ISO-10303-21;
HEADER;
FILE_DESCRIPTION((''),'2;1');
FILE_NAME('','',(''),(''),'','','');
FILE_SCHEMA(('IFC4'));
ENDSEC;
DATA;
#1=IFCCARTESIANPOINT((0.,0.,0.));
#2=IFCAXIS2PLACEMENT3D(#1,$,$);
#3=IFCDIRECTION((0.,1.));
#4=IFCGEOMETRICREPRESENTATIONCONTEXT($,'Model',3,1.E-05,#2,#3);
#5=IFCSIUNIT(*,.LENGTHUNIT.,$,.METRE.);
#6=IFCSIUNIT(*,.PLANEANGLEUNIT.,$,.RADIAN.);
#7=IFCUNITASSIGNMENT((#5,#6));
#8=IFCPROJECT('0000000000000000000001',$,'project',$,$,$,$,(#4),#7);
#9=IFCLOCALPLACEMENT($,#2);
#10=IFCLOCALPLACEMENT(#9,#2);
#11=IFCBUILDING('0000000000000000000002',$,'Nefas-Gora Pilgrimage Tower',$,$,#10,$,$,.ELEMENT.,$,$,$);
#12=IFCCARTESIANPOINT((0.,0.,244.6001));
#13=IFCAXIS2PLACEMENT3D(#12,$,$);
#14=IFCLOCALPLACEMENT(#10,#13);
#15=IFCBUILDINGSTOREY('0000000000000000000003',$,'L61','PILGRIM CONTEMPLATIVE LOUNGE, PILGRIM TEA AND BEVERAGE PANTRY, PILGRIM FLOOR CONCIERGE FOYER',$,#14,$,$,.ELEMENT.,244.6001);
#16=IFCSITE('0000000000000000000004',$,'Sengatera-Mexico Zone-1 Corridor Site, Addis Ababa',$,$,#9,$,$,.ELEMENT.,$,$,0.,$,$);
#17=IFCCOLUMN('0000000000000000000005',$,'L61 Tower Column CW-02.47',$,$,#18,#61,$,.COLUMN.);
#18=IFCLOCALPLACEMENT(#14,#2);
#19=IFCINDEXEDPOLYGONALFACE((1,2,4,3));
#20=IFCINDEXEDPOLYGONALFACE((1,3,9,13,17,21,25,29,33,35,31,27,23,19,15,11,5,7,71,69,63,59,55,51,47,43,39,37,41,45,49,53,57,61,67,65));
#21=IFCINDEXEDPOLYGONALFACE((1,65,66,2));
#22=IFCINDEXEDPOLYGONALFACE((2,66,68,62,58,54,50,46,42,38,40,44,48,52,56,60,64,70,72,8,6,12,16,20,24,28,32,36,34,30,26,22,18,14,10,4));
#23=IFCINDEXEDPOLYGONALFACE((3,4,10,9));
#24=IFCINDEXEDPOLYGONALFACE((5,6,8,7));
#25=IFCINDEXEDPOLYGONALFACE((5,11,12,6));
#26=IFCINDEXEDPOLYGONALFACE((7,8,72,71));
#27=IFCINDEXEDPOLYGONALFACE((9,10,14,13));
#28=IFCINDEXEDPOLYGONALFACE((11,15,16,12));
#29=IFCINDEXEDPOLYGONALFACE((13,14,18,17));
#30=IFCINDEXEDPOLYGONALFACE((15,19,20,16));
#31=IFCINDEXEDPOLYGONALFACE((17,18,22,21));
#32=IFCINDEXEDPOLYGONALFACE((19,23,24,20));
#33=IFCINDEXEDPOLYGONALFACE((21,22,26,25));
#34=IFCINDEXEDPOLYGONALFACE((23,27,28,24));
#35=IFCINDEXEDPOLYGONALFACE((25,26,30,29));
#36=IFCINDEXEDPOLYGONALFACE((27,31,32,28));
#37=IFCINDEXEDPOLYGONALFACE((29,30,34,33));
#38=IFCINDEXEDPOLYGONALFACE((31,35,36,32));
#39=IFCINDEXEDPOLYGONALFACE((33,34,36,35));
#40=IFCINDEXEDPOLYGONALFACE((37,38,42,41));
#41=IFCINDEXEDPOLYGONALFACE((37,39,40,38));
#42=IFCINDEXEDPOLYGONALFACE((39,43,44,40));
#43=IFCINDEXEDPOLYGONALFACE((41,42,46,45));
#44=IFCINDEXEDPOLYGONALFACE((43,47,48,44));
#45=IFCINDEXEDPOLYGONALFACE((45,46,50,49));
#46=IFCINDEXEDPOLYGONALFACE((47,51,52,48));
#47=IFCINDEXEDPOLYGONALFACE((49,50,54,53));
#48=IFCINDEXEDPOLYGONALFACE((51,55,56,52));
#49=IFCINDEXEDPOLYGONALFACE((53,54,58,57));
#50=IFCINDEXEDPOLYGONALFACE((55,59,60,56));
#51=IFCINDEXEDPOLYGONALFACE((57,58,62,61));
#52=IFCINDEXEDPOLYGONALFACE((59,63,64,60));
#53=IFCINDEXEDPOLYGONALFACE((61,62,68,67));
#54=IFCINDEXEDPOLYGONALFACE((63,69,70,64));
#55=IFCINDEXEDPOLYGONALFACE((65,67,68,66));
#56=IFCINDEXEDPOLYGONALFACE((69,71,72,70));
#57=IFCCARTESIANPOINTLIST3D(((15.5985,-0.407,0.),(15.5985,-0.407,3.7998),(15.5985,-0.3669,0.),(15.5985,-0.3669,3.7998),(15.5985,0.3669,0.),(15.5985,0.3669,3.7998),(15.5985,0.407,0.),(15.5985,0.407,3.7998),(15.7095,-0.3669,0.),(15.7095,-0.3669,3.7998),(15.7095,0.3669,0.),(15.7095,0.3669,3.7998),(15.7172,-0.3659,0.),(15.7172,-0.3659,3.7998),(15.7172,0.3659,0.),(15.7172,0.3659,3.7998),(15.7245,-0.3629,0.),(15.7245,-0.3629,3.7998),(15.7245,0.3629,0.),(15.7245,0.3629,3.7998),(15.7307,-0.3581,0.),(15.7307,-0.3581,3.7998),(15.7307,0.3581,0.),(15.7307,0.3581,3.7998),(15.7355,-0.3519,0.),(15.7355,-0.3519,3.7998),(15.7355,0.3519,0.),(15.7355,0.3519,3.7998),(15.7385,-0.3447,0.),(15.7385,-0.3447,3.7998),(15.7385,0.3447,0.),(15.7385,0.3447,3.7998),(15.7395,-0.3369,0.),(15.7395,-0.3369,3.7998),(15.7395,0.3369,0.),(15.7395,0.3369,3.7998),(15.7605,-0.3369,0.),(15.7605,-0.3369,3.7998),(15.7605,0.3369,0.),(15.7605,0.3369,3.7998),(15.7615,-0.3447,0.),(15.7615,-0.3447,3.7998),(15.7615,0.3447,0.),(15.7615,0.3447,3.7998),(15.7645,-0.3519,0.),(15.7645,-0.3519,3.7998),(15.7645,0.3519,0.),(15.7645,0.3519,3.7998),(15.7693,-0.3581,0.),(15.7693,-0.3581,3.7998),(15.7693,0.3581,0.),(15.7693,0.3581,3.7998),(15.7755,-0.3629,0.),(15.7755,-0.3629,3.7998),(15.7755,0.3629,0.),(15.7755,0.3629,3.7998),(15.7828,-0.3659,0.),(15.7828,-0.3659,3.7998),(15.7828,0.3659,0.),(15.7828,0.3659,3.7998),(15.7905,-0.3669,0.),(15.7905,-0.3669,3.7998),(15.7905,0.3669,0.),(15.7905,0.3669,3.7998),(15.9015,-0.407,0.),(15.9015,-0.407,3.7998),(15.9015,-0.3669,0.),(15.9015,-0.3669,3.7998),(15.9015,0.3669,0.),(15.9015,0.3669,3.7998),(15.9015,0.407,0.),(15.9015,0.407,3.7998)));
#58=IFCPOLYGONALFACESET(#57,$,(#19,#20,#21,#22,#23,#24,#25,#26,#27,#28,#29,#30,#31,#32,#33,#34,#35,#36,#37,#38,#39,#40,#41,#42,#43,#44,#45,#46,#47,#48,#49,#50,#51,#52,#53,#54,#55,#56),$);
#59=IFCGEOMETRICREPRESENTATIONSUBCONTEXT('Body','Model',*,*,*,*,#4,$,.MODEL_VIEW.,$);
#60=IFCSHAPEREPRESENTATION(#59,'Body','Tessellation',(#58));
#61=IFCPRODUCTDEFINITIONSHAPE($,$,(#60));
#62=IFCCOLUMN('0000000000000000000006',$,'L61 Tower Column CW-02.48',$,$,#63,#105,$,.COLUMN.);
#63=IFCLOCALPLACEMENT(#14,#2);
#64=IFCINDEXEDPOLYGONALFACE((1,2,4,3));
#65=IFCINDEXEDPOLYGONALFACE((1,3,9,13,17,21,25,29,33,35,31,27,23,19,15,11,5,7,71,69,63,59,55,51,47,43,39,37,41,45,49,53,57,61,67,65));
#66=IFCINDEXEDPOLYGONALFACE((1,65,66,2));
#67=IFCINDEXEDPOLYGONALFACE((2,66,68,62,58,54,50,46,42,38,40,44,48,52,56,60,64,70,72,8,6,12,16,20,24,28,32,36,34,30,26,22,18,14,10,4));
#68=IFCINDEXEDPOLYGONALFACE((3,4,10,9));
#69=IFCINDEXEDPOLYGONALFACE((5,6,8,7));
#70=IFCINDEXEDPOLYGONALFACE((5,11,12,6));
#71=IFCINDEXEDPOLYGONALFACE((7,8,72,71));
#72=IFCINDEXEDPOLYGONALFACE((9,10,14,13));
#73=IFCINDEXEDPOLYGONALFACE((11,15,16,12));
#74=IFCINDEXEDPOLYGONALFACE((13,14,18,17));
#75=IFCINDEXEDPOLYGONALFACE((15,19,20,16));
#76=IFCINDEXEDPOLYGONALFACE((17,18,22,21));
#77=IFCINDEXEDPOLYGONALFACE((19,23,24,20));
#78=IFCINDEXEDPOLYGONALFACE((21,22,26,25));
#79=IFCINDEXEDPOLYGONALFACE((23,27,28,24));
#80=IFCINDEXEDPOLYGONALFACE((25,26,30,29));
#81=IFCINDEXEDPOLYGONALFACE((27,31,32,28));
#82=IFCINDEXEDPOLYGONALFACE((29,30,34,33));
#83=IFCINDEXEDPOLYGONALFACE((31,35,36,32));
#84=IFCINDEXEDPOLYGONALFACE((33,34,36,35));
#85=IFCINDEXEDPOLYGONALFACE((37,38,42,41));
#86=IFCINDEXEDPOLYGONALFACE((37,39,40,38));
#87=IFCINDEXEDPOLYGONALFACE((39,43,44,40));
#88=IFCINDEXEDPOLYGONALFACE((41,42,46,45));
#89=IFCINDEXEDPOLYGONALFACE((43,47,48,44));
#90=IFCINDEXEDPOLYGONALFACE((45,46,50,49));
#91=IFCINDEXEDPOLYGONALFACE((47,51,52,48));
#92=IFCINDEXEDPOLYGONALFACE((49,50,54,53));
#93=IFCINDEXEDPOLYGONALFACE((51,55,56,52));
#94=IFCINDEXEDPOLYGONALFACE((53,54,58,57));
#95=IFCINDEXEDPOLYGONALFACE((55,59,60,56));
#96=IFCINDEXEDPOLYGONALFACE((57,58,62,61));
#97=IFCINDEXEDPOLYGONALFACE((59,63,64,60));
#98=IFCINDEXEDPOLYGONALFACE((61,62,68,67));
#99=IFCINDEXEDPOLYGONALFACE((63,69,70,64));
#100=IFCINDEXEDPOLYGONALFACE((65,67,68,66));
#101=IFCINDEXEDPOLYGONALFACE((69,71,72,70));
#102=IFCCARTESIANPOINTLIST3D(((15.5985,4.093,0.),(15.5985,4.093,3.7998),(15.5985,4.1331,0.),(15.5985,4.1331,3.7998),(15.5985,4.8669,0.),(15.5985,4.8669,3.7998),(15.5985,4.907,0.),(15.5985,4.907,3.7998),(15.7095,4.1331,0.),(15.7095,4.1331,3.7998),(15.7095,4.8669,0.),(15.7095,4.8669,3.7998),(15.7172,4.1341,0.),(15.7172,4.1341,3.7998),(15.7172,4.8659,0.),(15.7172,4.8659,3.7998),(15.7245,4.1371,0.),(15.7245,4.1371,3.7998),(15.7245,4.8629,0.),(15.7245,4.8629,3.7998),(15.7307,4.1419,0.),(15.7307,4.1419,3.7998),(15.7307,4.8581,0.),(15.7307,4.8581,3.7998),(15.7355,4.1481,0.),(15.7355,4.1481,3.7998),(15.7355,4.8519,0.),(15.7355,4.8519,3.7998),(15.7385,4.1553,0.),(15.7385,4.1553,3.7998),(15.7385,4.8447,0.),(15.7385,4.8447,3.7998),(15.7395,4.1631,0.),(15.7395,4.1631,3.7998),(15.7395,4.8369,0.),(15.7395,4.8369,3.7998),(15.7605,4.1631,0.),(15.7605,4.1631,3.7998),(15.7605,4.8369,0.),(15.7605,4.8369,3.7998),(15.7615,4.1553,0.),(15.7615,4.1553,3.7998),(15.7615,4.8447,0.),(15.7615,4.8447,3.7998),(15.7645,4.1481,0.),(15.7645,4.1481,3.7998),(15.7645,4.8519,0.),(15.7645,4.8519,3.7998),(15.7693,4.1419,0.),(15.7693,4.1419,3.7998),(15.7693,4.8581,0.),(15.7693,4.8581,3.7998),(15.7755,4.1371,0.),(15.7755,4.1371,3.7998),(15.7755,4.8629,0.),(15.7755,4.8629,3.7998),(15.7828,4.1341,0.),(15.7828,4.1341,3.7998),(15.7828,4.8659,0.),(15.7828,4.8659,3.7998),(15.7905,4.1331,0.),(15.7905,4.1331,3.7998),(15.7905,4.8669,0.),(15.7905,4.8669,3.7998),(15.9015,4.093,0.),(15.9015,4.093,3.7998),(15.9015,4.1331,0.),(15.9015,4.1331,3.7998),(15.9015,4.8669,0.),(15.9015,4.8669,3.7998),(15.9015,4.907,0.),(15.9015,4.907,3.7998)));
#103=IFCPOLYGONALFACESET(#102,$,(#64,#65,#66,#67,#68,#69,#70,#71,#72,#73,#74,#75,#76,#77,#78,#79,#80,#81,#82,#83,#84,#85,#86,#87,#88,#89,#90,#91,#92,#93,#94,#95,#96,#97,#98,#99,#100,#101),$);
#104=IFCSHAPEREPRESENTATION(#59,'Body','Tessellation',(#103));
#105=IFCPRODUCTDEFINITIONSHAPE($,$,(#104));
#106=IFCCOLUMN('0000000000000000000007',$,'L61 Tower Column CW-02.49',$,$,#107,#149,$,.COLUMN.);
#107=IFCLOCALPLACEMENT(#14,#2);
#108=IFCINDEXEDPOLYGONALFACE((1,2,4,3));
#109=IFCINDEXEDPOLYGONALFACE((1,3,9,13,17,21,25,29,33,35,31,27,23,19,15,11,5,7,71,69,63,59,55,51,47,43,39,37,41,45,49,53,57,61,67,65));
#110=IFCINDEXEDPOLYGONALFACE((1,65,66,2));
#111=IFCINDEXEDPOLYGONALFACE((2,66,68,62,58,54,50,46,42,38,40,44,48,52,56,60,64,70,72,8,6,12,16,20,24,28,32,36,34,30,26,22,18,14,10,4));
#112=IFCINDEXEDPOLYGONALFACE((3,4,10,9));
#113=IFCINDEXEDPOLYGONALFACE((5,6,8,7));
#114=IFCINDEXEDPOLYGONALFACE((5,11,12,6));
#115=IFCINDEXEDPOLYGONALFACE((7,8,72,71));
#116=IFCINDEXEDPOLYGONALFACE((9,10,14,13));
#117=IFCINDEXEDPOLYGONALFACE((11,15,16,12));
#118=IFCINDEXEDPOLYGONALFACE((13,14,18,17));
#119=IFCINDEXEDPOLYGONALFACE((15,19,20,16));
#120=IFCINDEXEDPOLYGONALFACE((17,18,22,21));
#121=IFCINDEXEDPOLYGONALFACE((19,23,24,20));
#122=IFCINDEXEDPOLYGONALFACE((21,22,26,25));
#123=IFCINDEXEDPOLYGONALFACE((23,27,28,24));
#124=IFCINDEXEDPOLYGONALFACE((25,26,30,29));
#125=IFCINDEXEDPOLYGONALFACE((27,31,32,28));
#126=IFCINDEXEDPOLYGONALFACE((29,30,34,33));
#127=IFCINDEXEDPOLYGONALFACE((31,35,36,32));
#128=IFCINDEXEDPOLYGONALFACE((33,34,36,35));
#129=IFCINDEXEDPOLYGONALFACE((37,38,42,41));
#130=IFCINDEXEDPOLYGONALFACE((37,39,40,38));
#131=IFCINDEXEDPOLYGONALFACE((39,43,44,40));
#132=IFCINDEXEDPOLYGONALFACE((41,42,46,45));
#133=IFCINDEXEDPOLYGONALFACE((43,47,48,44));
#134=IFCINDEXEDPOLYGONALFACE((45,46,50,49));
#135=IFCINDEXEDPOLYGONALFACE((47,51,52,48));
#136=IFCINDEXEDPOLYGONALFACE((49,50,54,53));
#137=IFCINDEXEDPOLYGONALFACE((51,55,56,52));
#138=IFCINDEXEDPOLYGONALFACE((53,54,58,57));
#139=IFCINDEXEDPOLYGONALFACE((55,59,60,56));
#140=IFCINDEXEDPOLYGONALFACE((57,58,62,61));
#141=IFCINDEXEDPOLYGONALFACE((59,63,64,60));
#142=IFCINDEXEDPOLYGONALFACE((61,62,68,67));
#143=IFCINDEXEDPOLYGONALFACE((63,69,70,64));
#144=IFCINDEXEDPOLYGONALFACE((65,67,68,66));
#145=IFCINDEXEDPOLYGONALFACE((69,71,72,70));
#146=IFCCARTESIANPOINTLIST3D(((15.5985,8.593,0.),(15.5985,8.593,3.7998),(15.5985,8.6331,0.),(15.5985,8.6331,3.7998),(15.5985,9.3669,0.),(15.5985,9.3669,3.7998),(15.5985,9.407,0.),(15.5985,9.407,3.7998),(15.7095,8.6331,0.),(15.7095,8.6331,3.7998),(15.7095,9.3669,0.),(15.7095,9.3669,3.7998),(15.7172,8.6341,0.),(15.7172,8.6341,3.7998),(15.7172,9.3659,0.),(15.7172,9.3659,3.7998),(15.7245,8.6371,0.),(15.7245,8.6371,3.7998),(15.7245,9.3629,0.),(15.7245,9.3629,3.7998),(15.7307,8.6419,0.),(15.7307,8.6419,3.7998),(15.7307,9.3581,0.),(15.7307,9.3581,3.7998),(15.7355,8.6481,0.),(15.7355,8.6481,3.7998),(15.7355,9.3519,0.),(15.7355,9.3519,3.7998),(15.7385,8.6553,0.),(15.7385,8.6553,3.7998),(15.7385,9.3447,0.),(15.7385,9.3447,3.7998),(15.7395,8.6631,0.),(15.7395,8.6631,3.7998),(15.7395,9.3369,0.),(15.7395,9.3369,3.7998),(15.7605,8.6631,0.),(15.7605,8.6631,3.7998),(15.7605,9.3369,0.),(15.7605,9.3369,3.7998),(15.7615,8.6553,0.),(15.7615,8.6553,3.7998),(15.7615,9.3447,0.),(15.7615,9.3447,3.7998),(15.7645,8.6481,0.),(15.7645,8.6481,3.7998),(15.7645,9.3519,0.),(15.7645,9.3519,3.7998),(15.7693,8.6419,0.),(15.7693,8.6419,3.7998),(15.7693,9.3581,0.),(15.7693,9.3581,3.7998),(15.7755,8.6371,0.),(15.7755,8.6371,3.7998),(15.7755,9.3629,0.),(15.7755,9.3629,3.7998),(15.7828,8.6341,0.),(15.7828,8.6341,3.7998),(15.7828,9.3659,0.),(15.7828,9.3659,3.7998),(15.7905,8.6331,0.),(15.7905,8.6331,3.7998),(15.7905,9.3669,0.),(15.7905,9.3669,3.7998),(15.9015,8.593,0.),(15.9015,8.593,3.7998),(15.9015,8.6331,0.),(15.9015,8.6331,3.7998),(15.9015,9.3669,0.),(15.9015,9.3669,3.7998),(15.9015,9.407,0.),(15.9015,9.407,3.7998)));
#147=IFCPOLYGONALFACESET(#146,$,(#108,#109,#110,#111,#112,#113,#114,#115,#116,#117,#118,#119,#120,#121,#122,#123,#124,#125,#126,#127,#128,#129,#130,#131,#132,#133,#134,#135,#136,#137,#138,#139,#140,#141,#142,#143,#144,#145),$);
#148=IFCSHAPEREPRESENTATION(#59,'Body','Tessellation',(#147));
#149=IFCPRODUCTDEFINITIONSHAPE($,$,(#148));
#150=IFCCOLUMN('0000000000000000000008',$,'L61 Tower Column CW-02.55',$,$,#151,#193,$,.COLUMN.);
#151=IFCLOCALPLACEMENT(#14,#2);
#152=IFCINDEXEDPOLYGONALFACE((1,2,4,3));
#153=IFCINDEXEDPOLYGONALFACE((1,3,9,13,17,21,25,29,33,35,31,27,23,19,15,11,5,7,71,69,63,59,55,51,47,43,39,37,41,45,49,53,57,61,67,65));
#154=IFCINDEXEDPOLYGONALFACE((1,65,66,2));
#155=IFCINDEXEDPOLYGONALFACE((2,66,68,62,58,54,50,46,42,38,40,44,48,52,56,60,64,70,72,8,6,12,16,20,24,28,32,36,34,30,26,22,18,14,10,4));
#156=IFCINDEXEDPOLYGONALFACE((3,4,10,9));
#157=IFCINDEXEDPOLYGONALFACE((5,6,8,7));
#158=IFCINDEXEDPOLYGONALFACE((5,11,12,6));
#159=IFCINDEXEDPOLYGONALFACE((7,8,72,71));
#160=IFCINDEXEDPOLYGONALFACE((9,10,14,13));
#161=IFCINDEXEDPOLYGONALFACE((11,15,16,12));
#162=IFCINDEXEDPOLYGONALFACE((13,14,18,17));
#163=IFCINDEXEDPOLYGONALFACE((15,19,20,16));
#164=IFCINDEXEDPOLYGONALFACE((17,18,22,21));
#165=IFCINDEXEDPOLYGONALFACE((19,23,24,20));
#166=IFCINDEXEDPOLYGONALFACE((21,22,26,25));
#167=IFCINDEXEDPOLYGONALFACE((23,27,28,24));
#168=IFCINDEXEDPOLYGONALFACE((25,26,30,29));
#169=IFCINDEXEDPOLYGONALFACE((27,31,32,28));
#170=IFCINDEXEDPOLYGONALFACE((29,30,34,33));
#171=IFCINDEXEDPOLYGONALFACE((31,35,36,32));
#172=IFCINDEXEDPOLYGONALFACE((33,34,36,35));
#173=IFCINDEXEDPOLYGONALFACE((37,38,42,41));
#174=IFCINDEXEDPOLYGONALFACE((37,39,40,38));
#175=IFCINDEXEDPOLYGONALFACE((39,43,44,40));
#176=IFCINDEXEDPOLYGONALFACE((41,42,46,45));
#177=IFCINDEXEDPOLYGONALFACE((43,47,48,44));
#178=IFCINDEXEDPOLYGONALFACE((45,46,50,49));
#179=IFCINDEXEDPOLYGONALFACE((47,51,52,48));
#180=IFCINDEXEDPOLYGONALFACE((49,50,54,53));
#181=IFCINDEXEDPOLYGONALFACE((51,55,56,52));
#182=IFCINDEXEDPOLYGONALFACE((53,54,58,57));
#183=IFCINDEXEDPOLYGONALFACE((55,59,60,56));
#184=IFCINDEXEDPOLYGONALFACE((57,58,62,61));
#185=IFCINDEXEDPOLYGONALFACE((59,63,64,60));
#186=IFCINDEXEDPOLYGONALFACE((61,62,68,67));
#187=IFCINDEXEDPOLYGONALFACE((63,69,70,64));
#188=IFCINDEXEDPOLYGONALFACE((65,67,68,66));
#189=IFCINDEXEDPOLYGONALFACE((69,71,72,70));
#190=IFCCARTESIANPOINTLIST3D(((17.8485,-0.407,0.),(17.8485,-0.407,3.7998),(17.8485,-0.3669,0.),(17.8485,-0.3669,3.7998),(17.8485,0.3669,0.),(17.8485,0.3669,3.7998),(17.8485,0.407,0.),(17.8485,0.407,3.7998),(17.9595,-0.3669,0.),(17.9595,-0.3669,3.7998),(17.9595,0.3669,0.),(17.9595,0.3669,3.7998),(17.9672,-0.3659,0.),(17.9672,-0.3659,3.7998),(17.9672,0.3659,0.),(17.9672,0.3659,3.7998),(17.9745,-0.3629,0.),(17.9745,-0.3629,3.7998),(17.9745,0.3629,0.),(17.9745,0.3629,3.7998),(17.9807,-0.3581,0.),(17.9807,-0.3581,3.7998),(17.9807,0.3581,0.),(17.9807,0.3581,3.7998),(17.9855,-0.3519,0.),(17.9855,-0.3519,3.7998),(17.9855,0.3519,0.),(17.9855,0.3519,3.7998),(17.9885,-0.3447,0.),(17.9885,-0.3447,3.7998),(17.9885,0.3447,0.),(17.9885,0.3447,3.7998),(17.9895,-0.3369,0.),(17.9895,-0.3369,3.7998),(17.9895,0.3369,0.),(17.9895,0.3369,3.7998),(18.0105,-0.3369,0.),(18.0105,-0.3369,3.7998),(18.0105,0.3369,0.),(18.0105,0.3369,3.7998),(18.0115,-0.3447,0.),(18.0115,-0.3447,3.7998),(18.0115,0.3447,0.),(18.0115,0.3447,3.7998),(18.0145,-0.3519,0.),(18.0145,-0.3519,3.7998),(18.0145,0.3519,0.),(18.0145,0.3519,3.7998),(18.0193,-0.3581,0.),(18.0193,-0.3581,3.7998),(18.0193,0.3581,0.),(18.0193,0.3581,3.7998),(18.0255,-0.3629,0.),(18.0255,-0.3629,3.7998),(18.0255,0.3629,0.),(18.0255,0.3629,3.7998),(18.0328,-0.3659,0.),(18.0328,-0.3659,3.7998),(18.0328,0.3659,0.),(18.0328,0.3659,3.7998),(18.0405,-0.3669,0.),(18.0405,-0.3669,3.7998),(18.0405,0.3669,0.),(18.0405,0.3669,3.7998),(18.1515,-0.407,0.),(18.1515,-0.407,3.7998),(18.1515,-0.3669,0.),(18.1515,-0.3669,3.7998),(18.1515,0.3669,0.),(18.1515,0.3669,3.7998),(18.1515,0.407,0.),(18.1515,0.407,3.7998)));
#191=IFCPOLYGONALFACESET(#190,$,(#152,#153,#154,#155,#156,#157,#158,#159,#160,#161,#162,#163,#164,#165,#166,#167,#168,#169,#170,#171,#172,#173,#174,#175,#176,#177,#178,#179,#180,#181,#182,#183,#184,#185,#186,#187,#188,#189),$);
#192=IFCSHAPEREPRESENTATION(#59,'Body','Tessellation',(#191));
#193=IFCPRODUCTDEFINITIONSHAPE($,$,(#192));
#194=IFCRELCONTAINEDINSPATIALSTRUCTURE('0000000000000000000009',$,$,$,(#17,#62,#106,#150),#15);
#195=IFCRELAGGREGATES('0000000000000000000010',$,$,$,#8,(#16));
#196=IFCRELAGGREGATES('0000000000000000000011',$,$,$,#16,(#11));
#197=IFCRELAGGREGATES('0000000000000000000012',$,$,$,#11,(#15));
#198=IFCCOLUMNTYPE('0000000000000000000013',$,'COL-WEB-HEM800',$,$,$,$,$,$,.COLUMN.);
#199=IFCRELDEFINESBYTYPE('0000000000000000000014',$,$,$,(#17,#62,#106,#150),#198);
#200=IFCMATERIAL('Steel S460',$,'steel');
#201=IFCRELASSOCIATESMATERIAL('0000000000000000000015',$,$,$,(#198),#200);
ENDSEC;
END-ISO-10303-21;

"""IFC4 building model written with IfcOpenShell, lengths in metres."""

from ifc_helpers import new_model, si_unit, direction, frame, origin, origin_2d, place, context, subcontext, project, spatial, i_section, extrude, source, transform, mapped, material, material_profile, profile_set, type_object, element, save


model = new_model("IFC4")

# Units and contexts
model_context = context("Model", 3, precision=1e-05, world=origin(), true_north=direction((0.0, 1.0)))
body_context = subcontext(model_context, "Body", "Model", "MODEL_VIEW")
ifc_project = project(units=[si_unit("LENGTHUNIT", "METRE"), si_unit("PLANEANGLEUNIT", "RADIAN")], contexts=[model_context])

# Site, building, storey
site_placement = place(None, origin())
site = spatial("IfcSite", under=ifc_project, at=site_placement, Name="Sengatera-Mexico Zone-1 Corridor Site, Addis Ababa", CompositionType="ELEMENT", RefElevation=0.0)
building_placement = place(site_placement, origin())
building = spatial("IfcBuilding", under=site, at=building_placement, Name="Nefas-Gora Pilgrimage Tower", CompositionType="ELEMENT")
storey_placement = place(building_placement, frame((0.0, 0.0, 244.6001)))
storey = spatial("IfcBuildingStorey", under=building, at=storey_placement, Name="L61", Description="PILGRIM CONTEMPLATIVE LOUNGE, PILGRIM TEA AND BEVERAGE PANTRY, PILGRIM FLOOR CONCIERGE FOYER", CompositionType="ELEMENT", Elevation=244.6001)

# Columns
ifc_material_1 = material(Name="Steel S460", Category="steel")
ifc_material_profile_1 = material_profile(ifc_material_1, i_section(OverallWidth=0.303, OverallDepth=0.814, WebThickness=0.021, FlangeThickness=0.04, FilletRadius=0.03, at=origin_2d()), Name="HEM 800")
ifc_profile_set_1 = profile_set([ifc_material_profile_1], Name="Steel S460")
column_type_1 = type_object("IfcColumnType", Name="COL-WEB-HEM800", PredefinedType="COLUMN", material=ifc_profile_set_1)
shared_shape_1 = source(origin(), body_context, "Body", "SweptSolid", [
    extrude(i_section(OverallWidth=0.303, OverallDepth=0.814, WebThickness=0.021, FlangeThickness=0.04, FilletRadius=0.03, at=origin_2d()), origin(), (0.0, 0.0, 1.0), 3.7998),
])
for number, where, z_axis, x_axis, name in (
    (1, (15.75, 0.0, 0.0), (0.0, 0.0, 1.0), (1.0, 0.0, 0.0), "L61 Tower Column CW-02.47"),
    (2, (15.75, 4.5, 0.0), (0.0, 0.0, 1.0), (1.0, 0.0, 0.0), "L61 Tower Column CW-02.48"),
    (3, (15.75, 9.0, 0.0), (0.0, 0.0, 1.0), (1.0, 0.0, 0.0), "L61 Tower Column CW-02.49"),
    (4, (18.0, 0.0, 0.0), (0.0, 0.0, 1.0), (1.0, 0.0, 0.0), "L61 Tower Column CW-02.55"),
):
    element("IfcColumn", number, at=place(storey_placement, frame(where, z_axis=z_axis, x_axis=x_axis)), inside=storey, type_object=column_type_1, Name=name, PredefinedType="COLUMN", context=body_context, shape_type="MappedRepresentation", body=[
        mapped(shared_shape_1, transform((0.0, 0.0, 0.0), x_axis=(1.0, 0.0, 0.0), y_axis=(0.0, 1.0, 0.0), z_axis=(0.0, 0.0, 1.0), scale=1.0)),
    ])

save(model, "model.ifc")
